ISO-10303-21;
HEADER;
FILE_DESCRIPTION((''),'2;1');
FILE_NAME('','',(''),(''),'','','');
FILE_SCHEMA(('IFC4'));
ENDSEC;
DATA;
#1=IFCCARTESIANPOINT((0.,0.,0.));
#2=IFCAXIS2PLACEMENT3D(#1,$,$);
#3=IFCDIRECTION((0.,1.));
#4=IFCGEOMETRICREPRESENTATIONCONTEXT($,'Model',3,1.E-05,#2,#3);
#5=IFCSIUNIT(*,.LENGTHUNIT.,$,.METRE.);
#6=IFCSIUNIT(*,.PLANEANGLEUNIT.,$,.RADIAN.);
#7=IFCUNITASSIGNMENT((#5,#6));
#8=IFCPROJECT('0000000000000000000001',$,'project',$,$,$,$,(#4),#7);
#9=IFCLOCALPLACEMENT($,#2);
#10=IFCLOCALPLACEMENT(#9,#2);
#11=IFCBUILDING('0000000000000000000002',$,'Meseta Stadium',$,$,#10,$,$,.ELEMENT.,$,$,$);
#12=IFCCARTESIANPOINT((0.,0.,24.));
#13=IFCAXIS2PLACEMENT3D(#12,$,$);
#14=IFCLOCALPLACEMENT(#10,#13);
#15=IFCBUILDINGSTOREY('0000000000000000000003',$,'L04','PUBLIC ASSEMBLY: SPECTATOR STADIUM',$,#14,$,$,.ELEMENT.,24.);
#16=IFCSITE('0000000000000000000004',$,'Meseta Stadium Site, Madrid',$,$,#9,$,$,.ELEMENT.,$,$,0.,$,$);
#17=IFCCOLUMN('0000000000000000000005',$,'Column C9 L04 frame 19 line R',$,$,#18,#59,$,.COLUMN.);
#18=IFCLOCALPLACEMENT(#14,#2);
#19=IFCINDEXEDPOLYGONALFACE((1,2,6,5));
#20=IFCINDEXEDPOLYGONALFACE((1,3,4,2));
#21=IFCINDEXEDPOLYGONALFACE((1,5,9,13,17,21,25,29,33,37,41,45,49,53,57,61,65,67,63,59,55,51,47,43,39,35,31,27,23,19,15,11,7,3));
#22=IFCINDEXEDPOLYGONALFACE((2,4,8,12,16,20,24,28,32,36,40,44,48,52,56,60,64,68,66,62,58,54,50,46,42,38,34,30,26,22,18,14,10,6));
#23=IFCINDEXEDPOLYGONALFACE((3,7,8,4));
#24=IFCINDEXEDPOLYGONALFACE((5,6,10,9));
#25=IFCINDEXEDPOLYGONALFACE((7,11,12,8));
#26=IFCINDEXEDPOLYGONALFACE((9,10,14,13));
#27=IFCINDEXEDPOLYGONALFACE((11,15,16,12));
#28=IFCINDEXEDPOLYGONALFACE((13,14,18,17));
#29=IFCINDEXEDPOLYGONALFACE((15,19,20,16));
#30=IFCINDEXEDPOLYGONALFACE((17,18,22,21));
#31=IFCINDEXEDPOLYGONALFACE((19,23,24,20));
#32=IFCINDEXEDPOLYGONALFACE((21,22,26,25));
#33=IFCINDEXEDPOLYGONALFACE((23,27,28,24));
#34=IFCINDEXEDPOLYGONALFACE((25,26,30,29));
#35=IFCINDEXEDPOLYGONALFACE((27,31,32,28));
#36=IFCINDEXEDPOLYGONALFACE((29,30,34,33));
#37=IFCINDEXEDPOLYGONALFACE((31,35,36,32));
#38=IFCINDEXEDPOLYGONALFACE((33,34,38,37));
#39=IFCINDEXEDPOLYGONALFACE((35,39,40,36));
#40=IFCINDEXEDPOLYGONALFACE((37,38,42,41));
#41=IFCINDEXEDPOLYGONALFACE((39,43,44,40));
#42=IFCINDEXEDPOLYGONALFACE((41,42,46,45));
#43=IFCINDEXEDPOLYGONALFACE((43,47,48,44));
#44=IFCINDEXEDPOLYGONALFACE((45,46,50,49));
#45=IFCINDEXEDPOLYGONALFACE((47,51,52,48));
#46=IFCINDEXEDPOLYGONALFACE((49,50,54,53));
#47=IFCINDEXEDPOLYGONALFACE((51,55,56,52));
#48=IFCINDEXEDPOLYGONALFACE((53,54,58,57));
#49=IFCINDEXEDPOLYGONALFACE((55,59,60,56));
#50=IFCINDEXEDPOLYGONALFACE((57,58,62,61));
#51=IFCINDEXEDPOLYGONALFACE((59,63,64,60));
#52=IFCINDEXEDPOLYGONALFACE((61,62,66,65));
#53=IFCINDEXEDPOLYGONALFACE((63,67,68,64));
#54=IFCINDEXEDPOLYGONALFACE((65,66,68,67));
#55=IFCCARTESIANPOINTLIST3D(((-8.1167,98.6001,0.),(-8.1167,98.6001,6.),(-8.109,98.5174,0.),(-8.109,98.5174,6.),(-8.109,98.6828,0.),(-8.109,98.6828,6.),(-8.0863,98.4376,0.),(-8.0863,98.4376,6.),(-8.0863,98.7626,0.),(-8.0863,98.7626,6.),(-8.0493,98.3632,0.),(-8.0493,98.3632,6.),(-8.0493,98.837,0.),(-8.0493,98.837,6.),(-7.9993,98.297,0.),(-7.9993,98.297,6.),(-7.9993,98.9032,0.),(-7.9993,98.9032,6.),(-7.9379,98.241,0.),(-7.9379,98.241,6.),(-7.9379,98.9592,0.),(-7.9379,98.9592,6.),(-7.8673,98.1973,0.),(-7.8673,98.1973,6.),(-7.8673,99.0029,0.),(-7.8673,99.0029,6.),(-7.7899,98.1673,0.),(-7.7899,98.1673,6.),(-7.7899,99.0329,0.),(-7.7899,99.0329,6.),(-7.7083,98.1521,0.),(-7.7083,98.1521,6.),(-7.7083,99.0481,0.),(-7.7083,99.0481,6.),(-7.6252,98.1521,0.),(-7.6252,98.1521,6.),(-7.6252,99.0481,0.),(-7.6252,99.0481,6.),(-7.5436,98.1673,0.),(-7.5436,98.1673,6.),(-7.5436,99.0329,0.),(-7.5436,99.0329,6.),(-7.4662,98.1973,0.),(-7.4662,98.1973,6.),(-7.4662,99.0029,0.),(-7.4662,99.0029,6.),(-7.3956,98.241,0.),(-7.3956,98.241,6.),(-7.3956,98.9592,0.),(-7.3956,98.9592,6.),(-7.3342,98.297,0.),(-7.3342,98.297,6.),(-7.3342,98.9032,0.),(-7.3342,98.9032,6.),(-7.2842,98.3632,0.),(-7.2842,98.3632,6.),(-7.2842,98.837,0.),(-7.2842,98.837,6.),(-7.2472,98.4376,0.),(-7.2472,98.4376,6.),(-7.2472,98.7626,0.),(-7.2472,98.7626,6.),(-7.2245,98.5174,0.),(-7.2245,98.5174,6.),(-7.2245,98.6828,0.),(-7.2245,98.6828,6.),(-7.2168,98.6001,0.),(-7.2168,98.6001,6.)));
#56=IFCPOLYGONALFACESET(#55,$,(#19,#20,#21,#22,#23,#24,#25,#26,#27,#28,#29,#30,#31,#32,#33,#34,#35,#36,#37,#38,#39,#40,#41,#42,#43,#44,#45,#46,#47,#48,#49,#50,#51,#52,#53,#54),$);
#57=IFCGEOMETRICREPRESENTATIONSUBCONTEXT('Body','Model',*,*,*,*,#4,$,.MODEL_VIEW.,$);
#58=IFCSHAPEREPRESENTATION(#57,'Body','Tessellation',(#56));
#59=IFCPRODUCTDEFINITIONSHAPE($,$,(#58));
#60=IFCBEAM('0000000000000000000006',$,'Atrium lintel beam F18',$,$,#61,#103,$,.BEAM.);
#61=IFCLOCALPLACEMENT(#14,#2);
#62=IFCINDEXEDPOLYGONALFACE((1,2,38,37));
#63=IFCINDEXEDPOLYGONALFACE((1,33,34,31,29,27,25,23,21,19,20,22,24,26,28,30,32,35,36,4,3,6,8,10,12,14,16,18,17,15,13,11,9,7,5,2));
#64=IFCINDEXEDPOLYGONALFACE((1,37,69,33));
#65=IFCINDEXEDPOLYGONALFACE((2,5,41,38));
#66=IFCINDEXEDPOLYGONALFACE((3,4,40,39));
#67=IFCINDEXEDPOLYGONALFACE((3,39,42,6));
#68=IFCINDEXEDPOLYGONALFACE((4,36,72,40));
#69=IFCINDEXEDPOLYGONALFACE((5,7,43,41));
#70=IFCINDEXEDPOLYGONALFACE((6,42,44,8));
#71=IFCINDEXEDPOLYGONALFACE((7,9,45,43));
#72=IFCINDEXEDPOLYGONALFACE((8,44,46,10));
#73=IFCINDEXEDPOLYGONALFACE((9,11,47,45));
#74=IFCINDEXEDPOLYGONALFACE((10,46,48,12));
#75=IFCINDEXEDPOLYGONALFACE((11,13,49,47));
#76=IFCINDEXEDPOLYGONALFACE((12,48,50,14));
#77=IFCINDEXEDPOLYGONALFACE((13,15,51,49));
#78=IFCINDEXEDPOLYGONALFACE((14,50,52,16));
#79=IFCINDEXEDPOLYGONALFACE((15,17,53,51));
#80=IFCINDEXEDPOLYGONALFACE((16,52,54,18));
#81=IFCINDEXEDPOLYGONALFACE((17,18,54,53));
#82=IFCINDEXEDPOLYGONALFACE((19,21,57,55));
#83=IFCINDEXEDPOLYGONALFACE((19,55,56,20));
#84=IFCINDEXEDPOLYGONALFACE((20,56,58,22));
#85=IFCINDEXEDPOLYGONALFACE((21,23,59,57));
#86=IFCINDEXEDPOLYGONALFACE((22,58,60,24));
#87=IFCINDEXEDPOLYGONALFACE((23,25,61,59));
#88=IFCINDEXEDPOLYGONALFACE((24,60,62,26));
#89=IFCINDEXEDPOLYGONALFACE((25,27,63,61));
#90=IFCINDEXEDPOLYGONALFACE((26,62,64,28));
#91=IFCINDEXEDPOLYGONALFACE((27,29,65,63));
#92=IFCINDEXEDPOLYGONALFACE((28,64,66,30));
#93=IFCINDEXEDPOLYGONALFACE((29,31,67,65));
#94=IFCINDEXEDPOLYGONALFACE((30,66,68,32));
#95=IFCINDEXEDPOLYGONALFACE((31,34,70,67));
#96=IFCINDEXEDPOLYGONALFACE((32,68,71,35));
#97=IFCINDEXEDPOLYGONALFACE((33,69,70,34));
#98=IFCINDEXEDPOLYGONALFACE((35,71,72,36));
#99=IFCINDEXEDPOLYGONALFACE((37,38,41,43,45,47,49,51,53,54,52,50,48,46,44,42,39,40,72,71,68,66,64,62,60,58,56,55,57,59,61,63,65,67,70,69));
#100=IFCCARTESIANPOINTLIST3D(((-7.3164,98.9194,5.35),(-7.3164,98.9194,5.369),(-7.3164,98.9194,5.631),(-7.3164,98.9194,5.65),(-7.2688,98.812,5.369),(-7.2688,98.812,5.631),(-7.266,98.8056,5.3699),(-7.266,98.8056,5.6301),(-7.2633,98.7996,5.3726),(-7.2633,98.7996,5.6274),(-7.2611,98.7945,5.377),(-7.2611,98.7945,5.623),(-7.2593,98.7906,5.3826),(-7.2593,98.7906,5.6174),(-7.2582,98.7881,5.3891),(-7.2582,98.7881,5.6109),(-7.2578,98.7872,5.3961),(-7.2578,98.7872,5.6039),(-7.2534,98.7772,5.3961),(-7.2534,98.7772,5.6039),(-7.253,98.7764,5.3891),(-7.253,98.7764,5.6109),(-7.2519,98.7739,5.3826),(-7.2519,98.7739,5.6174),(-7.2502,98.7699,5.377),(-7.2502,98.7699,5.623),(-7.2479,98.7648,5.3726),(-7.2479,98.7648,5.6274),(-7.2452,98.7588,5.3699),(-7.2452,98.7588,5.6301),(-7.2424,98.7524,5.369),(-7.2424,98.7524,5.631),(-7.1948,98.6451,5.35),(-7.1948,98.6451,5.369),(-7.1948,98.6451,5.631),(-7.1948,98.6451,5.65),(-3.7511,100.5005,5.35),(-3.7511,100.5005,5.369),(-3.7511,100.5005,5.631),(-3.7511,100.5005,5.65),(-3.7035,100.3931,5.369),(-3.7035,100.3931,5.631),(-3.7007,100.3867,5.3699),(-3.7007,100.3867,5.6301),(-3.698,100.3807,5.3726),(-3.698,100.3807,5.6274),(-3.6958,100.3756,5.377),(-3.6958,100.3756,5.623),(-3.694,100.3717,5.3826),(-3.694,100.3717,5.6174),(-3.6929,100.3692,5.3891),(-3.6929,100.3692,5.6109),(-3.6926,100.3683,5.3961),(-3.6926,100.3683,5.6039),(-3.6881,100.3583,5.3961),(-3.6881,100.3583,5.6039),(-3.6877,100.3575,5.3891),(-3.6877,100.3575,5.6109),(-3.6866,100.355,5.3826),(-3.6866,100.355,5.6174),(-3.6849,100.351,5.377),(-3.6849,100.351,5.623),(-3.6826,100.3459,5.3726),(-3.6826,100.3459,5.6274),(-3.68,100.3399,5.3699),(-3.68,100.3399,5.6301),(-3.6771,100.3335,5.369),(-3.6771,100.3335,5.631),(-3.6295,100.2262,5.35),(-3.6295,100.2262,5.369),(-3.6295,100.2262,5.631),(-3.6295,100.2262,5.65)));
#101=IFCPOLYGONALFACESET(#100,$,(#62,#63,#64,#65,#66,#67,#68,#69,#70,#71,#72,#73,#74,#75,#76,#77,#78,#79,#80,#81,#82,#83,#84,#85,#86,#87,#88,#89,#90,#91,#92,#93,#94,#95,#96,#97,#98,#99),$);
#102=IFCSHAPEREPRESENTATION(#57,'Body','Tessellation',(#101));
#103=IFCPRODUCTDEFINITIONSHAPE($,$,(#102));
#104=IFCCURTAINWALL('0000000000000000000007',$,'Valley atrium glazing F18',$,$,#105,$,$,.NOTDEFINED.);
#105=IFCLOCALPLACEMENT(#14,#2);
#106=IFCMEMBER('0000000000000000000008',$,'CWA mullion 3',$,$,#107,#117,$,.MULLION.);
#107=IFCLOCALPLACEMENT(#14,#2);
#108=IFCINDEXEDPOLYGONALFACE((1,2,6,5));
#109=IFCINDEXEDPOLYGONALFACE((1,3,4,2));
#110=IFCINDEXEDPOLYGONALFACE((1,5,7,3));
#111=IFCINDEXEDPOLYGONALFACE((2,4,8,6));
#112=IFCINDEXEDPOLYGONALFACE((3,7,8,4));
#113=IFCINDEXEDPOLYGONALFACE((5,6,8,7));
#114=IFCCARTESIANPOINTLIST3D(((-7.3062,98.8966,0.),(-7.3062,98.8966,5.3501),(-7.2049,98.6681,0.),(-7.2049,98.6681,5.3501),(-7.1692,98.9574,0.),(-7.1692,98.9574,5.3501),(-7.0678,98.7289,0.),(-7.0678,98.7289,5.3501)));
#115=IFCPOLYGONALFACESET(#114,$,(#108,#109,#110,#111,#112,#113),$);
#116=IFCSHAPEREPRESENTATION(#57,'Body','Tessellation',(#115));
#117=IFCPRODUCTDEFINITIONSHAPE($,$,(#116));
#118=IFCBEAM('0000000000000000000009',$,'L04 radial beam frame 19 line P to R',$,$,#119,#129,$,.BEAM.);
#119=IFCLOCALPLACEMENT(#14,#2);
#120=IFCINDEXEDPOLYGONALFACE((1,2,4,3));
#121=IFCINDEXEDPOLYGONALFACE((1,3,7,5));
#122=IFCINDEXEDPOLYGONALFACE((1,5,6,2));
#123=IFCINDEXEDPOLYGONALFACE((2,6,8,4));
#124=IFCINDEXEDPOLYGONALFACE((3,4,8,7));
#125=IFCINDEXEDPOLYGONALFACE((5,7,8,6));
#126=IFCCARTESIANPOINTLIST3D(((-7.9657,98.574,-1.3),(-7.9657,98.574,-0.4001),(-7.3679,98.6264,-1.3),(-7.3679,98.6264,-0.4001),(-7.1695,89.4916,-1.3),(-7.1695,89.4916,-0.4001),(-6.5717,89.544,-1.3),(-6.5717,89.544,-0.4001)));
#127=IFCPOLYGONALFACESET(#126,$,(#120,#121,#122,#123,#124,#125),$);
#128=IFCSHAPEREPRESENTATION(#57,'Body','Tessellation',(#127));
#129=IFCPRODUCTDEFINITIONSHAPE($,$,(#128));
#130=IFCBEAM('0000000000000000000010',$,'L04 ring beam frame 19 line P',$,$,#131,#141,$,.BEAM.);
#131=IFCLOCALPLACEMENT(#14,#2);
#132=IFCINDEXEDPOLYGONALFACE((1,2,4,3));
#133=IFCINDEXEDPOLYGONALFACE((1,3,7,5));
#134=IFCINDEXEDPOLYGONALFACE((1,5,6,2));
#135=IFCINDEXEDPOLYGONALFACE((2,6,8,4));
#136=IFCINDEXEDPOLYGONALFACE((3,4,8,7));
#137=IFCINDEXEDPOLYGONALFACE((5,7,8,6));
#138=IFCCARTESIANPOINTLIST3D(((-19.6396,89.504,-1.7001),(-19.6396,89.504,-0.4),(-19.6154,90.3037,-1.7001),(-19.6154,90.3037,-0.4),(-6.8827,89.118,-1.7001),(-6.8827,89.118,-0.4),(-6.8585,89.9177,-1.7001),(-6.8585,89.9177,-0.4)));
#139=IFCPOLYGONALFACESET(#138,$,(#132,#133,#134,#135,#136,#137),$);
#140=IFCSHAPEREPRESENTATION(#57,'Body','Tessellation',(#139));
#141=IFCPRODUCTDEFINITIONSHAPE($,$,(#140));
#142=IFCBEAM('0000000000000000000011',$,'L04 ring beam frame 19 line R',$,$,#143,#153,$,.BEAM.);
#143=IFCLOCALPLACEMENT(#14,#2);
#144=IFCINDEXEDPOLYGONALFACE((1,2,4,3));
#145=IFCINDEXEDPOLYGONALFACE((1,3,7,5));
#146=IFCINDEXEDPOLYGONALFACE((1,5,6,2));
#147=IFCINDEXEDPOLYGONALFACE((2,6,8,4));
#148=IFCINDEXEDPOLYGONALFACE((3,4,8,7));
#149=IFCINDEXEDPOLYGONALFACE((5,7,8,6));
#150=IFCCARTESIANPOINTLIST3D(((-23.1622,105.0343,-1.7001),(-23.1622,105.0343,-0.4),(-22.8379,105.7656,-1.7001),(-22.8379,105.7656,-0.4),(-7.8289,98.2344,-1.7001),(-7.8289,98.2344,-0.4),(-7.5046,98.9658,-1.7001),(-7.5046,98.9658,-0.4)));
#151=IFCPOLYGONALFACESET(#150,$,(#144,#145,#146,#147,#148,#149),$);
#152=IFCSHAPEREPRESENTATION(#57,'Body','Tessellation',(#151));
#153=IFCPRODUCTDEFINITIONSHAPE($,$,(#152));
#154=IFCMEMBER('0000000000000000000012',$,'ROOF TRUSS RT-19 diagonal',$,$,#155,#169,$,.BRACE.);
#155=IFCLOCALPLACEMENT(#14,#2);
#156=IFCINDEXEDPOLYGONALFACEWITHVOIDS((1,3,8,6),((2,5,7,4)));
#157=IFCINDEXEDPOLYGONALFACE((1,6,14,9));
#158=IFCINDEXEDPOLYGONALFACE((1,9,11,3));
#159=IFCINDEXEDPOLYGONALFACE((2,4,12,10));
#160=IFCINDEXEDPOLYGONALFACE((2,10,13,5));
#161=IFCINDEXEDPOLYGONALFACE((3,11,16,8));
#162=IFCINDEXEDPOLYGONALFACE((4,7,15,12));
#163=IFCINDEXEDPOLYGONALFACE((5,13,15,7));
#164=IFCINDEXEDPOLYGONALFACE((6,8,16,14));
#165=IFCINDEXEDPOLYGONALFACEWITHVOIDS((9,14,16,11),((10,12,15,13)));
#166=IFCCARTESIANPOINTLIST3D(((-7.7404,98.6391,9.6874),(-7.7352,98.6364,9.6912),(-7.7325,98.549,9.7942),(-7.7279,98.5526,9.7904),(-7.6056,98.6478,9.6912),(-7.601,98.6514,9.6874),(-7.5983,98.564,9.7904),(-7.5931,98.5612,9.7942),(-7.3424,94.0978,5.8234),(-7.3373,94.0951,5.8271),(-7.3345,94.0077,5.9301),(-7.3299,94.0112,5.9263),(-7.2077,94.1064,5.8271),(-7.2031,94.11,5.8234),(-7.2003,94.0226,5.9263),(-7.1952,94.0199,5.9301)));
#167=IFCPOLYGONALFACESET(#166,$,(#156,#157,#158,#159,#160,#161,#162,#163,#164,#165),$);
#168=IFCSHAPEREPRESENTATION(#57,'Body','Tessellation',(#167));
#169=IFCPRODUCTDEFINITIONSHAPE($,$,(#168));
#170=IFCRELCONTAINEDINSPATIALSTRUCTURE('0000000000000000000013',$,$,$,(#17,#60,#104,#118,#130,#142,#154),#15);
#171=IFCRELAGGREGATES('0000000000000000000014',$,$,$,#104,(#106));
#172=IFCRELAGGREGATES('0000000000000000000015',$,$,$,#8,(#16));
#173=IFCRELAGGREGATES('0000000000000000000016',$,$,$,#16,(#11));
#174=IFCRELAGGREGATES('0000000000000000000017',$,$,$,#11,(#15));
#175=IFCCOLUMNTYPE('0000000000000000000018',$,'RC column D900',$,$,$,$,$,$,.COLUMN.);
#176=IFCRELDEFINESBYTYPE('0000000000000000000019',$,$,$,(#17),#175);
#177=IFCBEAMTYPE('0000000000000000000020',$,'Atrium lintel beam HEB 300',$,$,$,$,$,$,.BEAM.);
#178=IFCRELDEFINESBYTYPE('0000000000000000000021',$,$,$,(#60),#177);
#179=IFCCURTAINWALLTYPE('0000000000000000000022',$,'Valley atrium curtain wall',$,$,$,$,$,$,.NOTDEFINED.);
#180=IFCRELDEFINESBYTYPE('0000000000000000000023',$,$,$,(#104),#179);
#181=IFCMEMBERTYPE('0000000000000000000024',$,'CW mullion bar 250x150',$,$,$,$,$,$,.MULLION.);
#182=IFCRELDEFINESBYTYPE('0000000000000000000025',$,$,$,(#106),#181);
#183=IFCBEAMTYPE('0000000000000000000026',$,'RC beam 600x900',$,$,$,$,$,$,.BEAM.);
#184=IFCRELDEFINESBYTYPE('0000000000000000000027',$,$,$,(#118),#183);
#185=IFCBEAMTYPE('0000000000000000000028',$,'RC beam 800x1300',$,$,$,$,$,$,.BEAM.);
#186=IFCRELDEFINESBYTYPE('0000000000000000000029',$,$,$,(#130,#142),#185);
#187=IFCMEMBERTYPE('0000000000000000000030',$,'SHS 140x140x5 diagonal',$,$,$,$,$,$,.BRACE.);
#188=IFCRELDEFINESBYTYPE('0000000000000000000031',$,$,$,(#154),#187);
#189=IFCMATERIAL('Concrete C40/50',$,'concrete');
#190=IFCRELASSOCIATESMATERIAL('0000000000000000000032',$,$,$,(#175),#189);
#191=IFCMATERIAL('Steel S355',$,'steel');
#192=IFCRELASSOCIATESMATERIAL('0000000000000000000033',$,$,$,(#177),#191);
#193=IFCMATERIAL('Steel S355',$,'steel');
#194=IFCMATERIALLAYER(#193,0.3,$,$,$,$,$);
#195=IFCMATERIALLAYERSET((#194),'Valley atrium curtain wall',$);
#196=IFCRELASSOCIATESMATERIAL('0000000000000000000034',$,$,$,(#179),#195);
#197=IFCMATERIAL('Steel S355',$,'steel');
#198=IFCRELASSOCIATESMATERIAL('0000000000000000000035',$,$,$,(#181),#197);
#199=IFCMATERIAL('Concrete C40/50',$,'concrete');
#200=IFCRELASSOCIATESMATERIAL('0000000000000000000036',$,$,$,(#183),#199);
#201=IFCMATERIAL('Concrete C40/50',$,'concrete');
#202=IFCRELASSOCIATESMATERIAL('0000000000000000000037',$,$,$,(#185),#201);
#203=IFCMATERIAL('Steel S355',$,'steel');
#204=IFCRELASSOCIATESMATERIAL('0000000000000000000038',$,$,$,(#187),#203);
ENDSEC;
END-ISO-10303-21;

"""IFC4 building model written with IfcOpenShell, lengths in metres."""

from ifc_helpers import new_model, si_unit, direction, frame, origin, origin_2d, place, context, subcontext, project, spatial, rectangle, hollow_rectangle, circle, i_section, extrude, material, layer, layer_set, material_profile, profile_set, type_object, element, aggregate, save


model = new_model("IFC4")

# Units and contexts
model_context = context("Model", 3, precision=1e-05, world=origin(), true_north=direction((0.0, 1.0)))
body_context = subcontext(model_context, "Body", "Model", "MODEL_VIEW")
ifc_project = project(units=[si_unit("LENGTHUNIT", "METRE"), si_unit("PLANEANGLEUNIT", "RADIAN")], contexts=[model_context])

# Site, building, storey
site_placement = place(None, origin())
site = spatial("IfcSite", under=ifc_project, at=site_placement, Name="Meseta Stadium Site, Madrid", CompositionType="ELEMENT", RefElevation=0.0)
building_placement = place(site_placement, origin())
building = spatial("IfcBuilding", under=site, at=building_placement, Name="Meseta Stadium", CompositionType="ELEMENT")
storey_placement = place(building_placement, frame((0.0, 0.0, 24.0)))
storey = spatial("IfcBuildingStorey", under=building, at=storey_placement, Name="L04", Description="PUBLIC ASSEMBLY: SPECTATOR STADIUM", CompositionType="ELEMENT", Elevation=24.0)

# Column
ifc_material_1 = material(Name="Concrete C40/50", Category="concrete")
ifc_material_profile_1 = material_profile(ifc_material_1, circle(Radius=0.45, at=origin_2d()), Name="RC D900")
ifc_profile_set_1 = profile_set([ifc_material_profile_1], Name="Concrete C40/50")
column_type = type_object("IfcColumnType", Name="RC column D900", PredefinedType="COLUMN", material=ifc_profile_set_1)
column_placement = place(storey_placement, frame((-7.6667, 98.6001, 0.0), z_axis=(0.0, 0.0, 1.0), x_axis=(1.0, 0.0, 0.0)))
element("IfcColumn", 1, at=column_placement, inside=storey, type_object=column_type, Name="Column C9 L04 frame 19 line R", PredefinedType="COLUMN", context=body_context, shape_type="SweptSolid", body=[
    extrude(circle(Radius=0.45, at=origin_2d()), origin(), (0.0, 0.0, 1.0), 6.0),
])

# Beam
ifc_material_2 = material(Name="Steel S355", Category="steel")
ifc_material_profile_2 = material_profile(ifc_material_2, i_section(OverallWidth=0.3, OverallDepth=0.3, WebThickness=0.011, FlangeThickness=0.019, FilletRadius=0.0271, at=origin_2d()), Name="HEB 300")
ifc_profile_set_2 = profile_set([ifc_material_profile_2], Name="Steel S355")
beam_type_1 = type_object("IfcBeamType", Name="Atrium lintel beam HEB 300", PredefinedType="BEAM", material=ifc_profile_set_2)
beam_1_placement = place(storey_placement, frame((-7.2556, 98.7822, 5.5), z_axis=(0.914142, 0.405395, 0.0), x_axis=(-0.405395, 0.914142, 0.0)))
element("IfcBeam", 2, at=beam_1_placement, inside=storey, type_object=beam_type_1, Name="Atrium lintel beam F18", PredefinedType="BEAM", context=body_context, shape_type="SweptSolid", body=[
    extrude(i_section(OverallWidth=0.3, OverallDepth=0.3, WebThickness=0.011, FlangeThickness=0.019, FilletRadius=0.0271, at=origin_2d()), origin(), (0.0, 0.0, 1.0), 3.9001),
])

# Curtain wall, member
ifc_material_3 = material(Name="Steel S355", Category="steel")
ifc_layer_1 = layer(ifc_material_3, 0.3)
ifc_layer_set_1 = layer_set([ifc_layer_1], Name="Valley atrium curtain wall")
curtain_wall_type = type_object("IfcCurtainWallType", Name="Valley atrium curtain wall", PredefinedType="NOTDEFINED", material=ifc_layer_set_1)
curtain_wall_placement = place(storey_placement, origin())
curtain_wall = element("IfcCurtainWall", 3, at=curtain_wall_placement, inside=storey, type_object=curtain_wall_type, Name="Valley atrium glazing F18", PredefinedType="NOTDEFINED")
ifc_material_4 = material(Name="Steel S355", Category="steel")
ifc_material_profile_3 = material_profile(ifc_material_4, rectangle(XDim=0.25, YDim=0.1499, at=origin_2d()), Name="CW 250x150")
ifc_profile_set_3 = profile_set([ifc_material_profile_3], Name="Steel S355")
member_type_1 = type_object("IfcMemberType", Name="CW mullion bar 250x150", PredefinedType="MULLION", material=ifc_profile_set_3)
member_1_placement = place(storey_placement, frame((-7.187, 98.8127, 0.0), z_axis=(0.0, 0.0, 1.0), x_axis=(0.405401, -0.914139, 0.0)))
member_1 = element("IfcMember", 4, at=member_1_placement, type_object=member_type_1, Name="CWA mullion 3", PredefinedType="MULLION", context=body_context, shape_type="SweptSolid", body=[
    extrude(rectangle(XDim=0.25, YDim=0.1499, at=origin_2d()), origin(), (0.0, 0.0, 1.0), 5.3501),
])

# Beams
ifc_material_5 = material(Name="Concrete C40/50", Category="concrete")
ifc_material_profile_4 = material_profile(ifc_material_5, rectangle(XDim=0.6001, YDim=0.8999, at=origin_2d()), Name="RC 600x900")
ifc_profile_set_4 = profile_set([ifc_material_profile_4], Name="Concrete C40/50")
beam_type_2 = type_object("IfcBeamType", Name="RC beam 600x900", PredefinedType="BEAM", material=ifc_profile_set_4)
beam_2_placement = place(storey_placement, frame((-6.8706, 89.5178, -0.8501), z_axis=(-0.087324, 0.99618, 0.0), x_axis=(-0.99618, -0.087324, 0.0)))
element("IfcBeam", 5, at=beam_2_placement, inside=storey, type_object=beam_type_2, Name="L04 radial beam frame 19 line P to R", PredefinedType="BEAM", context=body_context, shape_type="SweptSolid", body=[
    extrude(rectangle(XDim=0.6001, YDim=0.8999, at=origin_2d()), origin(), (0.0, 0.0, 1.0), 9.1172),
])
ifc_material_6 = material(Name="Concrete C40/50", Category="concrete")
ifc_material_profile_5 = material_profile(ifc_material_6, rectangle(XDim=0.8, YDim=1.3, at=origin_2d()), Name="RC 800x1300")
ifc_profile_set_5 = profile_set([ifc_material_profile_5], Name="Concrete C40/50")
beam_type_3 = type_object("IfcBeamType", Name="RC beam 800x1300", PredefinedType="BEAM", material=ifc_profile_set_5)
beam_3_placement = place(storey_placement, frame((-6.8706, 89.5178, -1.05), z_axis=(-0.999543, 0.030243, 0.0), x_axis=(-0.030243, -0.999543, 0.0)))
element("IfcBeam", 6, at=beam_3_placement, inside=storey, type_object=beam_type_3, Name="L04 ring beam frame 19 line P", PredefinedType="BEAM", context=body_context, shape_type="SweptSolid", body=[
    extrude(rectangle(XDim=0.8, YDim=1.3, at=origin_2d()), origin(), (0.0, 0.0, 1.0), 12.7627),
])
beam_4_placement = place(storey_placement, frame((-7.6667, 98.6001, -1.05), z_axis=(-0.914143, 0.405393, 0.0), x_axis=(-0.405393, -0.914143, 0.0)))
element("IfcBeam", 7, at=beam_4_placement, inside=storey, type_object=beam_type_3, Name="L04 ring beam frame 19 line R", PredefinedType="BEAM", context=body_context, shape_type="SweptSolid", body=[
    extrude(rectangle(XDim=0.8, YDim=1.3, at=origin_2d()), origin(), (0.0, 0.0, 1.0), 16.7734),
])

# Member
ifc_material_7 = material(Name="Steel S355", Category="steel")
ifc_material_profile_6 = material_profile(ifc_material_7, hollow_rectangle(XDim=0.1399, YDim=0.1399, WallThickness=0.0049, at=origin_2d()), Name="SHS 140x140x5")
ifc_profile_set_6 = profile_set([ifc_material_profile_6], Name="Steel S355")
member_type_2 = type_object("IfcMemberType", Name="SHS 140x140x5 diagonal", PredefinedType="BRACE", material=ifc_profile_set_6)
member_2_placement = place(storey_placement, frame((-7.2688, 94.0588, 5.8767), z_axis=(-0.066592, 0.759922, 0.646594), x_axis=(-0.996182, -0.087295, 0.0)))
element("IfcMember", 8, at=member_2_placement, inside=storey, type_object=member_type_2, Name="ROOF TRUSS RT-19 diagonal", PredefinedType="BRACE", context=body_context, shape_type="SweptSolid", body=[
    extrude(hollow_rectangle(XDim=0.1399, YDim=0.1399, WallThickness=0.0049, at=origin_2d()), origin(), (0.0, 0.0, 1.0), 5.9761),
])

aggregate(curtain_wall, [member_1])

save(model, "model.ifc")
